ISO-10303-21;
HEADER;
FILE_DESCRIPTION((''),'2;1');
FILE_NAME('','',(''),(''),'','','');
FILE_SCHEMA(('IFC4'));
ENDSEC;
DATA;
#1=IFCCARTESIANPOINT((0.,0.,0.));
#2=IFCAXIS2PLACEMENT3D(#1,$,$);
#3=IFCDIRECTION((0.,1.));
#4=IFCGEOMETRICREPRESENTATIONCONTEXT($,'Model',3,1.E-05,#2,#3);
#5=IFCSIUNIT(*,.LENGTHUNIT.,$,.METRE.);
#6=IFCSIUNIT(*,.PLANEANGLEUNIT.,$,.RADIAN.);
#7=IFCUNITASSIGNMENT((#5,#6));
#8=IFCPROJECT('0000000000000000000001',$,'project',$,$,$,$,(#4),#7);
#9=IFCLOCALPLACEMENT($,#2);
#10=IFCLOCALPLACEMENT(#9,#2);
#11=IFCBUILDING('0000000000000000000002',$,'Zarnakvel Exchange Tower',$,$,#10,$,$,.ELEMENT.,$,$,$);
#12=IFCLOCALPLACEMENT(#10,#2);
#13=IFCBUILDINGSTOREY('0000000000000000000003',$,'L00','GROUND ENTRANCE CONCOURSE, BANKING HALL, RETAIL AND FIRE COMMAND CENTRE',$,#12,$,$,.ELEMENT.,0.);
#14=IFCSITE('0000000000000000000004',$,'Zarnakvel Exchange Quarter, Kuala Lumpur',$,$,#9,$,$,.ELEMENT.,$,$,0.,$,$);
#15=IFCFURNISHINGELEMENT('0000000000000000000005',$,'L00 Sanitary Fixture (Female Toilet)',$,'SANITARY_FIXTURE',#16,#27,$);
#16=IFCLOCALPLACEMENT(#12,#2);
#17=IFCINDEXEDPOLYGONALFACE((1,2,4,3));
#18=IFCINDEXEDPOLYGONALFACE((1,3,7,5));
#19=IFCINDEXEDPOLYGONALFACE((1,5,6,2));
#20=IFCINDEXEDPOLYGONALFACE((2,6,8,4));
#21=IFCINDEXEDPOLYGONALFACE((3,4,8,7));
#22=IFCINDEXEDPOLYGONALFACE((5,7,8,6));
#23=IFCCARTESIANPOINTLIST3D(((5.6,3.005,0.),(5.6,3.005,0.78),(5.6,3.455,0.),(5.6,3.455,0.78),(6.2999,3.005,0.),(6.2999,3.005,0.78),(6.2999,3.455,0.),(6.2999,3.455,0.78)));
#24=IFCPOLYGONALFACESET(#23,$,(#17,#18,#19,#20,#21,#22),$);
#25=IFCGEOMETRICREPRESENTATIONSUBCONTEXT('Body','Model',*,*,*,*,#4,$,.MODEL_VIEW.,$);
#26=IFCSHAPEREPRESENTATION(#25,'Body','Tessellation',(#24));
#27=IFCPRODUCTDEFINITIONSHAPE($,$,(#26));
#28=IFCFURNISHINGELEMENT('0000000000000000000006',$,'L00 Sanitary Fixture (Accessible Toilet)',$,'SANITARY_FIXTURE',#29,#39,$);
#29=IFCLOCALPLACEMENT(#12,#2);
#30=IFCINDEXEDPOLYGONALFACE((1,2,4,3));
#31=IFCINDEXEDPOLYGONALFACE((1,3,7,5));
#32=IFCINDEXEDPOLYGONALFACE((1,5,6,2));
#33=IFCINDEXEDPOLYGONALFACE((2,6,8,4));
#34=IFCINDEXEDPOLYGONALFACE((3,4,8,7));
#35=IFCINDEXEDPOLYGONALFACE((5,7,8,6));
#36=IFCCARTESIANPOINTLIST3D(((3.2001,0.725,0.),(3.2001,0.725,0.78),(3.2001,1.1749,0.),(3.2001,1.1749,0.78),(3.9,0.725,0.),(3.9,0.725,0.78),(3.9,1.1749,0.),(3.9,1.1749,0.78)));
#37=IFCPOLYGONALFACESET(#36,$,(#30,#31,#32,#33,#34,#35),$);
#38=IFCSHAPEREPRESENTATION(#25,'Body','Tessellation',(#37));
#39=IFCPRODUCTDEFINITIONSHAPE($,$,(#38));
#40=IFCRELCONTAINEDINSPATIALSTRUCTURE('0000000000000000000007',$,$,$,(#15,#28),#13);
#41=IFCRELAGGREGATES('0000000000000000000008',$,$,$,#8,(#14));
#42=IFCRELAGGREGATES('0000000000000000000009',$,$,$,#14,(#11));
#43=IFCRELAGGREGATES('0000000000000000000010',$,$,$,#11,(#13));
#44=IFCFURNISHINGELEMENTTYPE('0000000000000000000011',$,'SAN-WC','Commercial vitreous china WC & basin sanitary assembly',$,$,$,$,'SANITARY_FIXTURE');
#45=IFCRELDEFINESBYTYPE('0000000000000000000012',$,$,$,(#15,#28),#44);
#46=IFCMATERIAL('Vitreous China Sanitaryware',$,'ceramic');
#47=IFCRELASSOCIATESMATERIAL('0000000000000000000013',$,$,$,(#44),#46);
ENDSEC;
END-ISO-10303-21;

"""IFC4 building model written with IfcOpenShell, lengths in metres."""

from ifc_helpers import new_model, si_unit, direction, frame, origin, origin_2d, place, context, subcontext, project, spatial, rectangle, extrude, source, transform, mapped, material, type_object, element, save


model = new_model("IFC4")

# Units and contexts
model_context = context("Model", 3, precision=1e-05, world=origin(), true_north=direction((0.0, 1.0)))
body_context = subcontext(model_context, "Body", "Model", "MODEL_VIEW")
ifc_project = project(units=[si_unit("LENGTHUNIT", "METRE"), si_unit("PLANEANGLEUNIT", "RADIAN")], contexts=[model_context])

# Site, building, storey
site_placement = place(None, origin())
site = spatial("IfcSite", under=ifc_project, at=site_placement, Name="Zarnakvel Exchange Quarter, Kuala Lumpur", CompositionType="ELEMENT", RefElevation=0.0)
building_placement = place(site_placement, origin())
building = spatial("IfcBuilding", under=site, at=building_placement, Name="Zarnakvel Exchange Tower", CompositionType="ELEMENT")
storey_placement = place(building_placement, origin())
storey = spatial("IfcBuildingStorey", under=building, at=storey_placement, Name="L00", Description="GROUND ENTRANCE CONCOURSE, BANKING HALL, RETAIL AND FIRE COMMAND CENTRE", CompositionType="ELEMENT", Elevation=0.0)

# Furnishing elements
ifc_material_1 = material(Name="Vitreous China Sanitaryware", Category="ceramic")
furnishing_element_type = type_object("IfcFurnishingElementType", Name="SAN-WC", Description="Commercial vitreous china WC & basin sanitary assembly", ElementType="SANITARY_FIXTURE", material=ifc_material_1)
shared_shape_1 = source(origin(), body_context, "Body", "SweptSolid", [
    extrude(rectangle(XDim=0.7, YDim=0.45, at=origin_2d()), origin(), (0.0, 0.0, 1.0), 0.78),
])
for number, where, z_axis, x_axis, name in (
    (1, (5.95, 3.23, 0.0), (0.0, 0.0, 1.0), (1.0, 0.0, 0.0), "L00 Sanitary Fixture (Female Toilet)"),
    (2, (3.55, 0.95, 0.0), (0.0, 0.0, 1.0), (1.0, 0.0, 0.0), "L00 Sanitary Fixture (Accessible Toilet)"),
):
    element("IfcFurnishingElement", number, at=place(storey_placement, frame(where, z_axis=z_axis, x_axis=x_axis)), inside=storey, type_object=furnishing_element_type, Name=name, ObjectType="SANITARY_FIXTURE", context=body_context, shape_type="MappedRepresentation", body=[
        mapped(shared_shape_1, transform((0.0, 0.0, 0.0), x_axis=(1.0, 0.0, 0.0), y_axis=(0.0, 1.0, 0.0), z_axis=(0.0, 0.0, 1.0), scale=1.0)),
    ])

save(model, "model.ifc")
